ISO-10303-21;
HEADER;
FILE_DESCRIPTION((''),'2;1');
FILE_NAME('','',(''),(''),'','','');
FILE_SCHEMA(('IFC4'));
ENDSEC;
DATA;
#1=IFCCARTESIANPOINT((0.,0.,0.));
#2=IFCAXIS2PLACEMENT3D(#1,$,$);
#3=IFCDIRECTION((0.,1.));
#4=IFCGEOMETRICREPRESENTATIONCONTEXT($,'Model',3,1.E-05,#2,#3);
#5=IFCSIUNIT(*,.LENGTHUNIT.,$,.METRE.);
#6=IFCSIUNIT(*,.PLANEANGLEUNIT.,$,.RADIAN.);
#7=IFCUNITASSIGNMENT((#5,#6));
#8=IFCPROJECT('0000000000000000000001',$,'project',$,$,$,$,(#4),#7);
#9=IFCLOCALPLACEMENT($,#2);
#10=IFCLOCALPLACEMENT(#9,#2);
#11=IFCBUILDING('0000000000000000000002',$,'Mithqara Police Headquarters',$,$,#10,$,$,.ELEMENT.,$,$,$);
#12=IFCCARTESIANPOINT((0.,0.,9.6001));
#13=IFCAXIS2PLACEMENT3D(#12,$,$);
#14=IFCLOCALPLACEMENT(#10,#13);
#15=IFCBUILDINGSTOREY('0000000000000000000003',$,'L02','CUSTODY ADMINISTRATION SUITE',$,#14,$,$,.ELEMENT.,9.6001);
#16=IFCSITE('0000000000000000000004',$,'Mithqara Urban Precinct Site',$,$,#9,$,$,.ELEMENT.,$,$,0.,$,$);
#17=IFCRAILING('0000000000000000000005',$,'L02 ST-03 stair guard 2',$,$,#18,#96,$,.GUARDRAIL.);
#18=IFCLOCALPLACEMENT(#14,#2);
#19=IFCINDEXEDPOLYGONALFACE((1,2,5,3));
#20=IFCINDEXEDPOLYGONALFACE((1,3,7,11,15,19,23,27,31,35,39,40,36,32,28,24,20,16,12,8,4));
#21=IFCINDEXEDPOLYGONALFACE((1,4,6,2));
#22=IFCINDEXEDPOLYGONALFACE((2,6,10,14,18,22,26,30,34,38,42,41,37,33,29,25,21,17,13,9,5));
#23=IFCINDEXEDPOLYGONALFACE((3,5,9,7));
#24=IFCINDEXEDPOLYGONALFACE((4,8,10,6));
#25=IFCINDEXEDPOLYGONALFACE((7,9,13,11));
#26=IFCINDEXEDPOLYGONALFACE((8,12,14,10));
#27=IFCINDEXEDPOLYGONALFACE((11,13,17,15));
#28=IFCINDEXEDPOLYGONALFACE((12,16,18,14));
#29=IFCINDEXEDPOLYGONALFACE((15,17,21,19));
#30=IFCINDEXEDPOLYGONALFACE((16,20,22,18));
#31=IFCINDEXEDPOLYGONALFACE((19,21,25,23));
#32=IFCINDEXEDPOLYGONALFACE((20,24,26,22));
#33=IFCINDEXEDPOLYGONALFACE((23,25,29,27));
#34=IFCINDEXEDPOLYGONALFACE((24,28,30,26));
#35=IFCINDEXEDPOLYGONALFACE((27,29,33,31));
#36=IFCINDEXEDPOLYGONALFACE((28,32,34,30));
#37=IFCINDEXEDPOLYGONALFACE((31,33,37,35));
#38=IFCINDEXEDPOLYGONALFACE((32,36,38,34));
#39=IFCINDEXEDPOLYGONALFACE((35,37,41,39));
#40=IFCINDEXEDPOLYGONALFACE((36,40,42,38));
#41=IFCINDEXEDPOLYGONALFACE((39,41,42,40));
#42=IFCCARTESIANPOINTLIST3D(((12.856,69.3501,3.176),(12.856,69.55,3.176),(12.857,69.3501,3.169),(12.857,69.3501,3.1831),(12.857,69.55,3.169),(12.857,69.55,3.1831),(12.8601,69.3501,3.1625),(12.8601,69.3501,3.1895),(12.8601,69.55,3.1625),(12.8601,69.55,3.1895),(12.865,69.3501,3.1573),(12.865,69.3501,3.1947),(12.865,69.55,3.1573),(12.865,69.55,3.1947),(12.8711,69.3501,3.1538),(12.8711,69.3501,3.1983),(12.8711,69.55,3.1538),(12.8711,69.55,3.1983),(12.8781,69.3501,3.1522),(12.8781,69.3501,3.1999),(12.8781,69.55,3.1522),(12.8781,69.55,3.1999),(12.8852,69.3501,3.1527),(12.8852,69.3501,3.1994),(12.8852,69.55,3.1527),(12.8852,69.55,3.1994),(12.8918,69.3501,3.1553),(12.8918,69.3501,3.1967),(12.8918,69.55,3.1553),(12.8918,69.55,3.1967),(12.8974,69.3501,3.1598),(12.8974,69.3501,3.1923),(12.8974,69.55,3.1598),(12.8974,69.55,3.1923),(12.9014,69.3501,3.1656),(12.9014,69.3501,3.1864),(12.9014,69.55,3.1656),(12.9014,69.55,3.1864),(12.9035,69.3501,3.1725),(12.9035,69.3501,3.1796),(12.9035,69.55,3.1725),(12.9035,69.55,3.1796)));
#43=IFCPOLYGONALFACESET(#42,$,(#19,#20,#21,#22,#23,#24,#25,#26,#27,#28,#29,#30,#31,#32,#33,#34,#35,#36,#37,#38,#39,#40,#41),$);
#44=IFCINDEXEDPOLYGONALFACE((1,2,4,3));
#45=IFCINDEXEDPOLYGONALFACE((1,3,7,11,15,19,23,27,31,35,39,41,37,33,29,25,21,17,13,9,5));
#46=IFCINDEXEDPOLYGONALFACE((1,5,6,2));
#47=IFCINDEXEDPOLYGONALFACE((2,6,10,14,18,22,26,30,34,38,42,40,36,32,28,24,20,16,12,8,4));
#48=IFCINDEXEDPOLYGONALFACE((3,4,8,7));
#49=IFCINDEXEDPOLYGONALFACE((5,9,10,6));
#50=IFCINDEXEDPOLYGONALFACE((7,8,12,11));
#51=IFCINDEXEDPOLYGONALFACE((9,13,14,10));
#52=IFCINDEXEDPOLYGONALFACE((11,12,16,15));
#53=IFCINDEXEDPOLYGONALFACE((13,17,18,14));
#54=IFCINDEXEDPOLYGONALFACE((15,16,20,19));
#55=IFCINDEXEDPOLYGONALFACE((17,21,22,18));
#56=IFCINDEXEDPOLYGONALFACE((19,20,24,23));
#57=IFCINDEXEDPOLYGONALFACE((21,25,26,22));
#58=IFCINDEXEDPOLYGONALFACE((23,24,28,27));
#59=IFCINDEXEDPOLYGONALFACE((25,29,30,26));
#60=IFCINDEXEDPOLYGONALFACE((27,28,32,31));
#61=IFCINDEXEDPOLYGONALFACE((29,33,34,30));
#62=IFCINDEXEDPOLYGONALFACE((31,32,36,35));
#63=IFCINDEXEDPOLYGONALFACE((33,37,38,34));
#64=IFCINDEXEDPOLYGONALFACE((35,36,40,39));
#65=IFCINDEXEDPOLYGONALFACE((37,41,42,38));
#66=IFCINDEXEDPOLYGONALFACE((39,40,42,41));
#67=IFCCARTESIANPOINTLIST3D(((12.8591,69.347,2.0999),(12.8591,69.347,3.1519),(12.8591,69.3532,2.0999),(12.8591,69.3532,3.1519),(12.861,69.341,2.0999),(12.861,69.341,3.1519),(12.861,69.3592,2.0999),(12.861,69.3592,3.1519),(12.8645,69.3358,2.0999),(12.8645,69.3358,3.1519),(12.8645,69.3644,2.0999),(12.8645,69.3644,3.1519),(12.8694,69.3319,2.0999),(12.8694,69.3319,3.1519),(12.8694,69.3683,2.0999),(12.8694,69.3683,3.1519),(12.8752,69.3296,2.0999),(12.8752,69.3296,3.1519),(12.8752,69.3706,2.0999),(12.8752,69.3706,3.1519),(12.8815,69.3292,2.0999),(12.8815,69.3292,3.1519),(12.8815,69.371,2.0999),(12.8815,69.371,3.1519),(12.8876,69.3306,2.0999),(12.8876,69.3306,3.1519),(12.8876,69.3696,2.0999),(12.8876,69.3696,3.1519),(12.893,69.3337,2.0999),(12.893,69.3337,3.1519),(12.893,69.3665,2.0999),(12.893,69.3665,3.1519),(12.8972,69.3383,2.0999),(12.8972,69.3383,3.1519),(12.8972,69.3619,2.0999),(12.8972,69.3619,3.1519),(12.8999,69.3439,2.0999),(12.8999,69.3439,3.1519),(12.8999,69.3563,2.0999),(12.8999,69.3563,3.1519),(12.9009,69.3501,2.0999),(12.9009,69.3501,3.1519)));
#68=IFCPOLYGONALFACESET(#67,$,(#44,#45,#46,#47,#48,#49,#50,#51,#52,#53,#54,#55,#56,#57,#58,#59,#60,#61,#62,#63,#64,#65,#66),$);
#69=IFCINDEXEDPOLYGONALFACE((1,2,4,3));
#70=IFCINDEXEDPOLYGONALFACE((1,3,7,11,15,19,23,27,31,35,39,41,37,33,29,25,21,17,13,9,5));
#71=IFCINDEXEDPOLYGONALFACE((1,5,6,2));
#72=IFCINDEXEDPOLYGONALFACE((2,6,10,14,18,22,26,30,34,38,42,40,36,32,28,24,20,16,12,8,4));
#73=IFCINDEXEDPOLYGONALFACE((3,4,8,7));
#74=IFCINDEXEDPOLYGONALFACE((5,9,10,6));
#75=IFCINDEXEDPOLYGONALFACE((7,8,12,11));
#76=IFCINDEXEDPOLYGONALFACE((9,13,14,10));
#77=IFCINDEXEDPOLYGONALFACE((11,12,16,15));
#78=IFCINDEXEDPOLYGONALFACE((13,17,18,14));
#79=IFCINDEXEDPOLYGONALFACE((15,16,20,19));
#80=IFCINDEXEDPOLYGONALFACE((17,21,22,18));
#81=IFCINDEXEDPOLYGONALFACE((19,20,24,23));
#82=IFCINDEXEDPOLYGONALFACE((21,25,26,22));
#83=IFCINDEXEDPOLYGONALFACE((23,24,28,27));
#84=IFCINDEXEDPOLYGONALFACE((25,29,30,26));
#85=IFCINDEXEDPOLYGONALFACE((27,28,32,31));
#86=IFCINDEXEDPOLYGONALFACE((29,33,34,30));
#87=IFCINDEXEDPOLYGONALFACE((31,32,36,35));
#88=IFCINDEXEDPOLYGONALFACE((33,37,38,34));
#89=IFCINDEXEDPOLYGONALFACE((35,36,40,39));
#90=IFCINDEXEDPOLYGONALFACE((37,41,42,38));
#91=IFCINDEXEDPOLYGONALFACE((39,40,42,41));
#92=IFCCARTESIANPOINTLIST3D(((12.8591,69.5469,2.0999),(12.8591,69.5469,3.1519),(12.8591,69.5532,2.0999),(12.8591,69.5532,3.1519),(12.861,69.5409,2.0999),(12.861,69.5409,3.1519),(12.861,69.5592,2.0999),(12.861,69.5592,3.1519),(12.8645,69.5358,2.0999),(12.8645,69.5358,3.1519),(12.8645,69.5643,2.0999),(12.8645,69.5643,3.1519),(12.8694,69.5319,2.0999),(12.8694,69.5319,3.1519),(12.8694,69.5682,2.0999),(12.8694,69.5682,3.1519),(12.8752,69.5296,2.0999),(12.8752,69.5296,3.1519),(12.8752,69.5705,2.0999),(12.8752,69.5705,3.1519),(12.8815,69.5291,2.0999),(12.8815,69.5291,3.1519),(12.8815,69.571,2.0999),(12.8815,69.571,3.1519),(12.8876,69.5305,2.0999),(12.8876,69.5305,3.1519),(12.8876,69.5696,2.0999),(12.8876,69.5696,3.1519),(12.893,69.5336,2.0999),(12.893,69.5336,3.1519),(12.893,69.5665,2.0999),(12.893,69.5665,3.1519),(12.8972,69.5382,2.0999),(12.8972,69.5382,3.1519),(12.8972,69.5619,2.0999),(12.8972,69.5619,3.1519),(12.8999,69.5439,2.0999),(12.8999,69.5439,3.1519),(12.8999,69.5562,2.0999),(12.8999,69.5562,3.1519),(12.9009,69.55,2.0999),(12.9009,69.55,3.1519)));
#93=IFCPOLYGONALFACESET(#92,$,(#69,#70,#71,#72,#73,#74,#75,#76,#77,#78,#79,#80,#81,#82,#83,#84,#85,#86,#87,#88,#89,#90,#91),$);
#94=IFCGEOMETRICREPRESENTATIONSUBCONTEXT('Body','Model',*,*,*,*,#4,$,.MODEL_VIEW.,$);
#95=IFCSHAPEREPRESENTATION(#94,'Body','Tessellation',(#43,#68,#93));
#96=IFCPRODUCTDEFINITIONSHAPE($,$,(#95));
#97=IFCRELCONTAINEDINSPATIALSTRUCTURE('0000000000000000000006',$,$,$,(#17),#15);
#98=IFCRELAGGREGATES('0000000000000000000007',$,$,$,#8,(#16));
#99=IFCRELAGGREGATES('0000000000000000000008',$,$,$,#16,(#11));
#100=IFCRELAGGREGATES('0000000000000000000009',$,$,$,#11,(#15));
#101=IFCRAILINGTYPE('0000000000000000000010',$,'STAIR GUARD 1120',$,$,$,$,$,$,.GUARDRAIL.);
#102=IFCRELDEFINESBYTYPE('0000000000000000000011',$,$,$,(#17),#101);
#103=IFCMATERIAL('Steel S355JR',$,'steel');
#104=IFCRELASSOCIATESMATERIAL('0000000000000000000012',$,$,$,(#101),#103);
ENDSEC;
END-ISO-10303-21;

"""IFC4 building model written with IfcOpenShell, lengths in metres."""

from ifc_helpers import new_model, si_unit, direction, frame, origin, origin_2d, place, context, subcontext, project, spatial, circle, extrude, material, type_object, element, save


model = new_model("IFC4")

# Units and contexts
model_context = context("Model", 3, precision=1e-05, world=origin(), true_north=direction((0.0, 1.0)))
body_context = subcontext(model_context, "Body", "Model", "MODEL_VIEW")
ifc_project = project(units=[si_unit("LENGTHUNIT", "METRE"), si_unit("PLANEANGLEUNIT", "RADIAN")], contexts=[model_context])

# Site, building, storey
site_placement = place(None, origin())
site = spatial("IfcSite", under=ifc_project, at=site_placement, Name="Mithqara Urban Precinct Site", CompositionType="ELEMENT", RefElevation=0.0)
building_placement = place(site_placement, origin())
building = spatial("IfcBuilding", under=site, at=building_placement, Name="Mithqara Police Headquarters", CompositionType="ELEMENT")
storey_placement = place(building_placement, frame((0.0, 0.0, 9.6001)))
storey = spatial("IfcBuildingStorey", under=building, at=storey_placement, Name="L02", Description="CUSTODY ADMINISTRATION SUITE", CompositionType="ELEMENT", Elevation=9.6001)

# Shared definitions
ifc_material_1 = material(Name="Steel S355JR", Category="steel")

# Railing
railing_type_1 = type_object("IfcRailingType", Name="STAIR GUARD 1120", PredefinedType="GUARDRAIL", material=ifc_material_1)
railing_1_placement = place(storey_placement, frame((12.8799, 69.3501, 2.0999)))
element("IfcRailing", 1, at=railing_1_placement, inside=storey, type_object=railing_type_1, Name="L02 ST-03 stair guard 2", PredefinedType="GUARDRAIL", context=body_context, shape_type="SweptSolid", body=[
    extrude(circle(Radius=0.0239, at=origin_2d()), frame((0.0, 0.0, 1.0762), z_axis=(0.0, 1.0, 0.0), x_axis=(-1.0, 0.0, 0.0)), (0.0, 0.0, 1.0), 0.2),
    extrude(circle(Radius=0.021, at=origin_2d()), origin(), (0.0, 0.0, 1.0), 1.052),
    extrude(circle(Radius=0.021, at=origin_2d()), frame((0.0, 0.2, 0.0)), (0.0, 0.0, 1.0), 1.052),
])

save(model, "model.ifc")
